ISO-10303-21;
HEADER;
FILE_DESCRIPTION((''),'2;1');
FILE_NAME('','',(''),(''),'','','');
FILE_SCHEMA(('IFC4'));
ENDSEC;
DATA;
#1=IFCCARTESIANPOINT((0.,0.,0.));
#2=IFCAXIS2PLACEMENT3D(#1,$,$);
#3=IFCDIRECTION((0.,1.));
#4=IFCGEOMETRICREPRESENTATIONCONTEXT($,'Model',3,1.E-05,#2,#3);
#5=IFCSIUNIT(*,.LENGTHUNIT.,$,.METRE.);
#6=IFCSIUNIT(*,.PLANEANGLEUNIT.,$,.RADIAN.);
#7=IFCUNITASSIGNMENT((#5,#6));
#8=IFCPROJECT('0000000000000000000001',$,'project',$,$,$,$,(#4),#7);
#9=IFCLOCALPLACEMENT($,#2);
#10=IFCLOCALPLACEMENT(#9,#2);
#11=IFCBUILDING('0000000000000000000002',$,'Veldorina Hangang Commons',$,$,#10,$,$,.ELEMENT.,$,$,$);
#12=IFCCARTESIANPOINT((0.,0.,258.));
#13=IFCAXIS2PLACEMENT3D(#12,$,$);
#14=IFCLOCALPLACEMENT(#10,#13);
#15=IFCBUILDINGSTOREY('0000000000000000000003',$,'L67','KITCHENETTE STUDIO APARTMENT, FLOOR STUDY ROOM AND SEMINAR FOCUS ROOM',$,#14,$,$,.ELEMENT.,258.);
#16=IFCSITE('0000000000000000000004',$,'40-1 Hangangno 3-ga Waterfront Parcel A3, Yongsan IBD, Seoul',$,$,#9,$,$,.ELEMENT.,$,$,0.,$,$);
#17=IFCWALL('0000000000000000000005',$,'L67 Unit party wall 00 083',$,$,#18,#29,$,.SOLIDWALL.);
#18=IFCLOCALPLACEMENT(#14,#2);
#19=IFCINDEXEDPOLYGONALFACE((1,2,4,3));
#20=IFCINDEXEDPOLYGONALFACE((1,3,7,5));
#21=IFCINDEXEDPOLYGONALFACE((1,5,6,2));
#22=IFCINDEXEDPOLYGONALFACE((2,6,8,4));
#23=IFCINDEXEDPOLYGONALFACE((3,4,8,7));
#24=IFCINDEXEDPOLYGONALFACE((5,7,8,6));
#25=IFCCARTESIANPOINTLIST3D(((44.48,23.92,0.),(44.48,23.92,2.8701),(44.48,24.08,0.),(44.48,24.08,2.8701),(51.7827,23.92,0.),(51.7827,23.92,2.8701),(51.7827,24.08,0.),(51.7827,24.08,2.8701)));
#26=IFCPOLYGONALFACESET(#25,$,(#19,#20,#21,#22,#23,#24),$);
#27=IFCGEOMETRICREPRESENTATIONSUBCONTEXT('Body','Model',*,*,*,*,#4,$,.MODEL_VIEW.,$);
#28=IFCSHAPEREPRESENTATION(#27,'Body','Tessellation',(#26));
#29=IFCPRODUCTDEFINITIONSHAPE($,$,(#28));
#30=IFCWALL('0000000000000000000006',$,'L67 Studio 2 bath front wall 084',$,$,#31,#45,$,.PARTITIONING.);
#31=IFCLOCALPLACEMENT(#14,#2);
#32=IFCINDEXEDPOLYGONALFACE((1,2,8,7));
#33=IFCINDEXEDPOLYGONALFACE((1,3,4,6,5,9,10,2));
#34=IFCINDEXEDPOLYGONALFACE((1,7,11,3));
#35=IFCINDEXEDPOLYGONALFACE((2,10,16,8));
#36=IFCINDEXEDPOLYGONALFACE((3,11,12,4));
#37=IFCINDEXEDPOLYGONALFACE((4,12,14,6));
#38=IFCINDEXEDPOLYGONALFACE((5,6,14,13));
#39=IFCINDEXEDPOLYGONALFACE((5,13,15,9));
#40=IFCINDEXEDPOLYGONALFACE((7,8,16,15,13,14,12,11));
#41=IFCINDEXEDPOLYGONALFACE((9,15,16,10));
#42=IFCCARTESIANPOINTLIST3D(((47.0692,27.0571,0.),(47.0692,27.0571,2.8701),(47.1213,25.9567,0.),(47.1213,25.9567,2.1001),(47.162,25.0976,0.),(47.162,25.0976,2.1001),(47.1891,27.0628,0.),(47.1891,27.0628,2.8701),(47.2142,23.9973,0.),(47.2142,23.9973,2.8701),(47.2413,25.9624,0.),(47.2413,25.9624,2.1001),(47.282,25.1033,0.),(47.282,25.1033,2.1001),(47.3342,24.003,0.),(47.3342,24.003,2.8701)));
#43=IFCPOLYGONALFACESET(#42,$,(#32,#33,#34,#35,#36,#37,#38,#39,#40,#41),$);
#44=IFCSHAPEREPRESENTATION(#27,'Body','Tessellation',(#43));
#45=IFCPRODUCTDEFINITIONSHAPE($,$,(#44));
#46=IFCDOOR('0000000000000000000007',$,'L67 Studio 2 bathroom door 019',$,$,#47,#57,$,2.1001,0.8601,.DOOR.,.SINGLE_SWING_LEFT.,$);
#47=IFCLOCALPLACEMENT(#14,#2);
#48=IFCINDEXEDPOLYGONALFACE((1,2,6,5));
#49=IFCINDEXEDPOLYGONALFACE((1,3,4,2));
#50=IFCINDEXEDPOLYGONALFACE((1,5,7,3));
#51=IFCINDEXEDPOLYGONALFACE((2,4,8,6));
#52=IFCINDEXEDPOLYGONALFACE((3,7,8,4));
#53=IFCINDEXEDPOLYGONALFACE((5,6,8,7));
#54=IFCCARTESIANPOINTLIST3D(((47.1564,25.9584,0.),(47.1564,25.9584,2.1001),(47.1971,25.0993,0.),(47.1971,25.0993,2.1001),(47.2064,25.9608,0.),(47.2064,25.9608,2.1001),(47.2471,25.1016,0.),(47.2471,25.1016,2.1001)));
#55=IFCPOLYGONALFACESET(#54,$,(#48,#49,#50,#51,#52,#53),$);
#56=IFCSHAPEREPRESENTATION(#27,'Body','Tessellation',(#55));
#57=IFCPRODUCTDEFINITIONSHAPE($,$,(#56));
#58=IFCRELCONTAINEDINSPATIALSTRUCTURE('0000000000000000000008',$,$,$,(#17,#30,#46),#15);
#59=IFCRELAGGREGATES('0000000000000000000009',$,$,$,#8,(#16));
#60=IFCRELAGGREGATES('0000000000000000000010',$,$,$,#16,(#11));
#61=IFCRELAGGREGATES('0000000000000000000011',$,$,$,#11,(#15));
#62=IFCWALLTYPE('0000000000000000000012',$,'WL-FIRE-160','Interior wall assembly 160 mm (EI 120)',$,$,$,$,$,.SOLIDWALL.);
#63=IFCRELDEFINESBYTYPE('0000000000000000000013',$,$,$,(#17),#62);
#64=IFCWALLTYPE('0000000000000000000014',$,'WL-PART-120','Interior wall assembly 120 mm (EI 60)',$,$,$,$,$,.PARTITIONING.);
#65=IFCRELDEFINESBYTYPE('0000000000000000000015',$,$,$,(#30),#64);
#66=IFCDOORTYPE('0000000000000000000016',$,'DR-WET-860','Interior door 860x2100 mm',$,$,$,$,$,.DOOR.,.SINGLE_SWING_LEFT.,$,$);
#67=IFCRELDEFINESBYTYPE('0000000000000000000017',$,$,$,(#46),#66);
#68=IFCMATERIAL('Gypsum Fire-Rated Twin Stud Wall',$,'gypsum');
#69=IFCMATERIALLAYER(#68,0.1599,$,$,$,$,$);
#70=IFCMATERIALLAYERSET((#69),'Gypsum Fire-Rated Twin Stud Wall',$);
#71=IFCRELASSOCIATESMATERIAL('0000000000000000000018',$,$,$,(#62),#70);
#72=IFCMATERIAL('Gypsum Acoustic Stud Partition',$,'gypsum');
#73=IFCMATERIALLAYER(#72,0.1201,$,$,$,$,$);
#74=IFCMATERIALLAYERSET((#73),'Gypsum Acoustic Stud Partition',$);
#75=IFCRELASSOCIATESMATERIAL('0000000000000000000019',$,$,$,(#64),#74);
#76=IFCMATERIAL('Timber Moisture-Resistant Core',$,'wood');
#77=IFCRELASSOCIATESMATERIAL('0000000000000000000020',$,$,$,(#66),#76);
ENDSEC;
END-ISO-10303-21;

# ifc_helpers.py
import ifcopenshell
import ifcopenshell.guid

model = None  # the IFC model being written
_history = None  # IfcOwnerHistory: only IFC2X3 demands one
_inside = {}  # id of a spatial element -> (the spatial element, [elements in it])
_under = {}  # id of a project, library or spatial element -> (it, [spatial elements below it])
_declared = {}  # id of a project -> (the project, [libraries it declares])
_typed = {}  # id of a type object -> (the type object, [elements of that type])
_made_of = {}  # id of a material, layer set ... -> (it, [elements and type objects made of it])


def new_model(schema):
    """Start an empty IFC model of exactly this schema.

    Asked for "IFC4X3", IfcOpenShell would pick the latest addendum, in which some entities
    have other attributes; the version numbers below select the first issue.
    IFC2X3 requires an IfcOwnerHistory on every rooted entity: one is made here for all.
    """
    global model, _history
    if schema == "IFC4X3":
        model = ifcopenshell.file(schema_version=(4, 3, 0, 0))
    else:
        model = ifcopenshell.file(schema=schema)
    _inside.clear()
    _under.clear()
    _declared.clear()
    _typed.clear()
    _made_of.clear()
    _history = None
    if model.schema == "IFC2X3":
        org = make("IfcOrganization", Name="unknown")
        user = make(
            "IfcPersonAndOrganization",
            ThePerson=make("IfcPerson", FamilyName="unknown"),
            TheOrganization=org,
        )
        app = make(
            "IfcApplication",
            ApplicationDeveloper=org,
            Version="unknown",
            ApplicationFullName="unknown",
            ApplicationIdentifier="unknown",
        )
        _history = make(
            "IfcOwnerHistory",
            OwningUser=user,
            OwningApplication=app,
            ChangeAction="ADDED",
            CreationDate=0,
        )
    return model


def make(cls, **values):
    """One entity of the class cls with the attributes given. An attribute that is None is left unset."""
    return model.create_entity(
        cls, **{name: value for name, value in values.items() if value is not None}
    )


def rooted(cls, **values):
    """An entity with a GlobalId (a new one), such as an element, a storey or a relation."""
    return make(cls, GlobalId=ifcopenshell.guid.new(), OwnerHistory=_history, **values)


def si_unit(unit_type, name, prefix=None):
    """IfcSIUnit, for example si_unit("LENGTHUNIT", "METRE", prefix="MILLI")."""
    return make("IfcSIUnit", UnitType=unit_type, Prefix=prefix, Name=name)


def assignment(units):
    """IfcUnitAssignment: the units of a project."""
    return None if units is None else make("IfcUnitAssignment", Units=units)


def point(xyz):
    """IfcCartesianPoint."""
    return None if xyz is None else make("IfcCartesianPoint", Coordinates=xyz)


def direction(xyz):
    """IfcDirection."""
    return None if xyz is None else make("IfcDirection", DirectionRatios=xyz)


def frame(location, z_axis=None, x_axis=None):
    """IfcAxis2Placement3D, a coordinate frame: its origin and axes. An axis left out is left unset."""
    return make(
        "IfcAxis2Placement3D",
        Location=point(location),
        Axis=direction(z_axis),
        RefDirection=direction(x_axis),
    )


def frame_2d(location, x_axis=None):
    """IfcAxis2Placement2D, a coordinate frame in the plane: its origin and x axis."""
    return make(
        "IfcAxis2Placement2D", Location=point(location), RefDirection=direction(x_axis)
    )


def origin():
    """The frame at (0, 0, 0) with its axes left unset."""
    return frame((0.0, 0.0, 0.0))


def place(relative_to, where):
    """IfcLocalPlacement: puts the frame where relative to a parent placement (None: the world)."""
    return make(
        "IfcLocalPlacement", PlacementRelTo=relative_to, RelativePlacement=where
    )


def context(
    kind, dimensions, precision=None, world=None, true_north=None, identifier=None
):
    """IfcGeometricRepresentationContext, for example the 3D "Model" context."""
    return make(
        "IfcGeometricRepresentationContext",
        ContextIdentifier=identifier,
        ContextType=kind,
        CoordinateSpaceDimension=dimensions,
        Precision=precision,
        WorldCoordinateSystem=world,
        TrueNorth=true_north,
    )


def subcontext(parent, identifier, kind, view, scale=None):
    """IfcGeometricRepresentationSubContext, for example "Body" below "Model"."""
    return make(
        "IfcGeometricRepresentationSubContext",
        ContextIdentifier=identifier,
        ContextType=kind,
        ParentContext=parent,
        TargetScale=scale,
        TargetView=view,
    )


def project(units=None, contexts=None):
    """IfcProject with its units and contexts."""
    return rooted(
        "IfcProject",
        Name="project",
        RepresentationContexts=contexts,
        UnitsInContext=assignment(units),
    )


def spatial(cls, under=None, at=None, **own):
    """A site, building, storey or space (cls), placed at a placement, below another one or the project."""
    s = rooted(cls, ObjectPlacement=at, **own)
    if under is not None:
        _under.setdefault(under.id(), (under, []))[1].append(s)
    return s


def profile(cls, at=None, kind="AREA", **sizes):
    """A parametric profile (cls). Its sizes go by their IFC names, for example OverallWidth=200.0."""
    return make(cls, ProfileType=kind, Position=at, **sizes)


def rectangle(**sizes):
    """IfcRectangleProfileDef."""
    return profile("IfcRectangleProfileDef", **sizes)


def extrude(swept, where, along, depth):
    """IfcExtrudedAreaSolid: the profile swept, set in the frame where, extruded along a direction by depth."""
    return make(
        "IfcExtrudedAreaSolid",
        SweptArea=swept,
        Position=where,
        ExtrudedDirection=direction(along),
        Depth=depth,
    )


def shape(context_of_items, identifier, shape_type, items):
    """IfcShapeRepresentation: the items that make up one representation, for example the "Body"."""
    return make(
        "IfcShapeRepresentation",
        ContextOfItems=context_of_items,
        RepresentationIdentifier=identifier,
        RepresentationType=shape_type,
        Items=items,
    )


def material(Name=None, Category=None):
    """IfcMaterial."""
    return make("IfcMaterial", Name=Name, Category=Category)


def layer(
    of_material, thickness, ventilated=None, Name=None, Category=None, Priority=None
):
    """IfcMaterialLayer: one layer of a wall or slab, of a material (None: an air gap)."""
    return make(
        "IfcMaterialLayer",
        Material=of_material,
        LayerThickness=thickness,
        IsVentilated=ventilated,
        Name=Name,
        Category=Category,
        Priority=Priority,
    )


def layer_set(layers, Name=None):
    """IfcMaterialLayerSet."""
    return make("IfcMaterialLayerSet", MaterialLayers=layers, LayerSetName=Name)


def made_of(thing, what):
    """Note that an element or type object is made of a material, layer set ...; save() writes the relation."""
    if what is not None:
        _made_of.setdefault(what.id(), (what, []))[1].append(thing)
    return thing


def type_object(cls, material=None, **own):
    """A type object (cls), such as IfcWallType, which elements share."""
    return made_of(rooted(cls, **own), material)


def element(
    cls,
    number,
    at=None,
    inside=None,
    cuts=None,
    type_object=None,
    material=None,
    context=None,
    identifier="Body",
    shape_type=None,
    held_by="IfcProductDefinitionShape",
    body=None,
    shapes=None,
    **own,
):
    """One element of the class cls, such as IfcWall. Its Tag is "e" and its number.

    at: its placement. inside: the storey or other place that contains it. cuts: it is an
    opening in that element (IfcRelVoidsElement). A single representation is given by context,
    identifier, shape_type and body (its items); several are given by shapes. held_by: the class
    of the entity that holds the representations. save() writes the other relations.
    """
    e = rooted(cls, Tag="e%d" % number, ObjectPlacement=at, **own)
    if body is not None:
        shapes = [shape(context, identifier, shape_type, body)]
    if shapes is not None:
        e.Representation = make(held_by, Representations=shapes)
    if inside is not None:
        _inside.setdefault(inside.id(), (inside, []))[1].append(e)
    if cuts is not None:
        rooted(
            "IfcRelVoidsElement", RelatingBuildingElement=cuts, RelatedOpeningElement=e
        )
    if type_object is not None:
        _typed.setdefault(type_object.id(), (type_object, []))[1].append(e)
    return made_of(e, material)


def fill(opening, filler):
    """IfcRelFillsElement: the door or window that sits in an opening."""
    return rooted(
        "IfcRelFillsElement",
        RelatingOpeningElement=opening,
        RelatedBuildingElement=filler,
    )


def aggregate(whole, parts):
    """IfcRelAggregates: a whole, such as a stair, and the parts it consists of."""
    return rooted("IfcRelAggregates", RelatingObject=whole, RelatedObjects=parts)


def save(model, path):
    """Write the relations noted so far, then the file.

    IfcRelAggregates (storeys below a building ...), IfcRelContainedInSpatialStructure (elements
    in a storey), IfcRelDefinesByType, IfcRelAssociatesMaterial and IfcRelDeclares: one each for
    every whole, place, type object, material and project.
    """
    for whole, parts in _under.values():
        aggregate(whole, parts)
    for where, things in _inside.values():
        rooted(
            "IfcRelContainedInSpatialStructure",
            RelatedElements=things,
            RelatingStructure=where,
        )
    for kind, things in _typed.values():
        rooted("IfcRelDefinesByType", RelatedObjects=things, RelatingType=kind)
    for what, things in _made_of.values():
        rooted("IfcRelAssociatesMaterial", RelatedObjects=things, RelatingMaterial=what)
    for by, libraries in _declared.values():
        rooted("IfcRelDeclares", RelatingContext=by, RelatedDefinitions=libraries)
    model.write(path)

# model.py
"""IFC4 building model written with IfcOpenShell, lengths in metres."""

from ifc_helpers import new_model, si_unit, direction, frame, frame_2d, origin, place, context, subcontext, project, spatial, rectangle, extrude, material, layer, layer_set, type_object, element, fill, save


model = new_model("IFC4")

# Units and contexts
model_context = context("Model", 3, precision=1e-05, world=origin(), true_north=direction((0.0, 1.0)))
body_context = subcontext(model_context, "Body", "Model", "MODEL_VIEW")
ifc_project = project(units=[si_unit("LENGTHUNIT", "METRE"), si_unit("PLANEANGLEUNIT", "RADIAN")], contexts=[model_context])

# Site, building, storey
site_placement = place(None, origin())
site = spatial("IfcSite", under=ifc_project, at=site_placement, Name="40-1 Hangangno 3-ga Waterfront Parcel A3, Yongsan IBD, Seoul", CompositionType="ELEMENT", RefElevation=0.0)
building_placement = place(site_placement, origin())
building = spatial("IfcBuilding", under=site, at=building_placement, Name="Veldorina Hangang Commons", CompositionType="ELEMENT")
storey_placement = place(building_placement, frame((0.0, 0.0, 258.0)))
storey = spatial("IfcBuildingStorey", under=building, at=storey_placement, Name="L67", Description="KITCHENETTE STUDIO APARTMENT, FLOOR STUDY ROOM AND SEMINAR FOCUS ROOM", CompositionType="ELEMENT", Elevation=258.0)

# Shared definitions
ifc_material_1 = material(Name="Gypsum Fire-Rated Twin Stud Wall", Category="gypsum")
ifc_layer_1 = layer(ifc_material_1, 0.1599)
ifc_layer_set_1 = layer_set([ifc_layer_1], Name="Gypsum Fire-Rated Twin Stud Wall")
wall_type_1 = type_object("IfcWallType", Name="WL-FIRE-160", Description="Interior wall assembly 160 mm (EI 120)", PredefinedType="SOLIDWALL", material=ifc_layer_set_1)

# Wall
wall_1_placement = place(storey_placement, frame((44.48, 24.0, 0.0), z_axis=(0.0, 0.0, 1.0), x_axis=(1.0, 0.0, 0.0)))
element("IfcWall", 1, at=wall_1_placement, inside=storey, type_object=wall_type_1, Name="L67 Unit party wall 00 083", PredefinedType="SOLIDWALL", context=body_context, shape_type="SweptSolid", body=[
    extrude(rectangle(XDim=7.3027, YDim=0.1599, at=frame_2d((3.6514, 0.0))), origin(), (0.0, 0.0, 1.0), 2.8701),
])

# Wall, opening, door
ifc_material_2 = material(Name="Gypsum Acoustic Stud Partition", Category="gypsum")
ifc_layer_2 = layer(ifc_material_2, 0.1201)
ifc_layer_set_2 = layer_set([ifc_layer_2], Name="Gypsum Acoustic Stud Partition")
wall_type_2 = type_object("IfcWallType", Name="WL-PART-120", Description="Interior wall assembly 120 mm (EI 60)", PredefinedType="PARTITIONING", material=ifc_layer_set_2)
wall_2_placement = place(storey_placement, frame((47.2742, 24.0, 0.0), z_axis=(0.0, 0.0, 1.0), x_axis=(-0.047342, 0.998879, 0.0)))
wall_2 = element("IfcWall", 2, at=wall_2_placement, inside=storey, type_object=wall_type_2, Name="L67 Studio 2 bath front wall 084", PredefinedType="PARTITIONING", context=body_context, shape_type="SweptSolid", body=[
    extrude(rectangle(XDim=3.0632, YDim=0.1201, at=frame_2d((1.5317, 0.0))), origin(), (0.0, 0.0, 1.0), 2.8701),
])
opening_1_placement = place(wall_2_placement, frame((1.1016, 0.0, 0.0)))
opening_1 = element("IfcOpeningElement", 3, at=opening_1_placement, cuts=wall_2, PredefinedType="OPENING", context=body_context, shape_type="SweptSolid", body=[
    extrude(rectangle(XDim=0.8601, YDim=2.1001, at=frame_2d((0.4302, 1.05))), frame((0.0, 0.0701, 0.0), z_axis=(0.0, -1.0, 0.0), x_axis=(1.0, 0.0, 0.0)), (0.0, 0.0, 1.0), 0.1401),
])
ifc_material_3 = material(Name="Timber Moisture-Resistant Core", Category="wood")
door_type_1 = type_object("IfcDoorType", Name="DR-WET-860", Description="Interior door 860x2100 mm", OperationType="SINGLE_SWING_LEFT", PredefinedType="DOOR", material=ifc_material_3)
door_1_placement = place(opening_1_placement, origin())
door_1 = element("IfcDoor", 4, at=door_1_placement, inside=storey, type_object=door_type_1, Name="L67 Studio 2 bathroom door 019", OperationType="SINGLE_SWING_LEFT", OverallHeight=2.1001, OverallWidth=0.8601, PredefinedType="DOOR", context=body_context, shape_type="SweptSolid", body=[
    extrude(rectangle(XDim=0.8601, YDim=2.1001, at=frame_2d((0.4302, 1.05))), frame((0.0, 0.0249, 0.0), z_axis=(0.0, -1.0, 0.0), x_axis=(1.0, 0.0, 0.0)), (0.0, 0.0, 1.0), 0.05),
])
fill(opening_1, door_1)

save(model, "model.ifc")
